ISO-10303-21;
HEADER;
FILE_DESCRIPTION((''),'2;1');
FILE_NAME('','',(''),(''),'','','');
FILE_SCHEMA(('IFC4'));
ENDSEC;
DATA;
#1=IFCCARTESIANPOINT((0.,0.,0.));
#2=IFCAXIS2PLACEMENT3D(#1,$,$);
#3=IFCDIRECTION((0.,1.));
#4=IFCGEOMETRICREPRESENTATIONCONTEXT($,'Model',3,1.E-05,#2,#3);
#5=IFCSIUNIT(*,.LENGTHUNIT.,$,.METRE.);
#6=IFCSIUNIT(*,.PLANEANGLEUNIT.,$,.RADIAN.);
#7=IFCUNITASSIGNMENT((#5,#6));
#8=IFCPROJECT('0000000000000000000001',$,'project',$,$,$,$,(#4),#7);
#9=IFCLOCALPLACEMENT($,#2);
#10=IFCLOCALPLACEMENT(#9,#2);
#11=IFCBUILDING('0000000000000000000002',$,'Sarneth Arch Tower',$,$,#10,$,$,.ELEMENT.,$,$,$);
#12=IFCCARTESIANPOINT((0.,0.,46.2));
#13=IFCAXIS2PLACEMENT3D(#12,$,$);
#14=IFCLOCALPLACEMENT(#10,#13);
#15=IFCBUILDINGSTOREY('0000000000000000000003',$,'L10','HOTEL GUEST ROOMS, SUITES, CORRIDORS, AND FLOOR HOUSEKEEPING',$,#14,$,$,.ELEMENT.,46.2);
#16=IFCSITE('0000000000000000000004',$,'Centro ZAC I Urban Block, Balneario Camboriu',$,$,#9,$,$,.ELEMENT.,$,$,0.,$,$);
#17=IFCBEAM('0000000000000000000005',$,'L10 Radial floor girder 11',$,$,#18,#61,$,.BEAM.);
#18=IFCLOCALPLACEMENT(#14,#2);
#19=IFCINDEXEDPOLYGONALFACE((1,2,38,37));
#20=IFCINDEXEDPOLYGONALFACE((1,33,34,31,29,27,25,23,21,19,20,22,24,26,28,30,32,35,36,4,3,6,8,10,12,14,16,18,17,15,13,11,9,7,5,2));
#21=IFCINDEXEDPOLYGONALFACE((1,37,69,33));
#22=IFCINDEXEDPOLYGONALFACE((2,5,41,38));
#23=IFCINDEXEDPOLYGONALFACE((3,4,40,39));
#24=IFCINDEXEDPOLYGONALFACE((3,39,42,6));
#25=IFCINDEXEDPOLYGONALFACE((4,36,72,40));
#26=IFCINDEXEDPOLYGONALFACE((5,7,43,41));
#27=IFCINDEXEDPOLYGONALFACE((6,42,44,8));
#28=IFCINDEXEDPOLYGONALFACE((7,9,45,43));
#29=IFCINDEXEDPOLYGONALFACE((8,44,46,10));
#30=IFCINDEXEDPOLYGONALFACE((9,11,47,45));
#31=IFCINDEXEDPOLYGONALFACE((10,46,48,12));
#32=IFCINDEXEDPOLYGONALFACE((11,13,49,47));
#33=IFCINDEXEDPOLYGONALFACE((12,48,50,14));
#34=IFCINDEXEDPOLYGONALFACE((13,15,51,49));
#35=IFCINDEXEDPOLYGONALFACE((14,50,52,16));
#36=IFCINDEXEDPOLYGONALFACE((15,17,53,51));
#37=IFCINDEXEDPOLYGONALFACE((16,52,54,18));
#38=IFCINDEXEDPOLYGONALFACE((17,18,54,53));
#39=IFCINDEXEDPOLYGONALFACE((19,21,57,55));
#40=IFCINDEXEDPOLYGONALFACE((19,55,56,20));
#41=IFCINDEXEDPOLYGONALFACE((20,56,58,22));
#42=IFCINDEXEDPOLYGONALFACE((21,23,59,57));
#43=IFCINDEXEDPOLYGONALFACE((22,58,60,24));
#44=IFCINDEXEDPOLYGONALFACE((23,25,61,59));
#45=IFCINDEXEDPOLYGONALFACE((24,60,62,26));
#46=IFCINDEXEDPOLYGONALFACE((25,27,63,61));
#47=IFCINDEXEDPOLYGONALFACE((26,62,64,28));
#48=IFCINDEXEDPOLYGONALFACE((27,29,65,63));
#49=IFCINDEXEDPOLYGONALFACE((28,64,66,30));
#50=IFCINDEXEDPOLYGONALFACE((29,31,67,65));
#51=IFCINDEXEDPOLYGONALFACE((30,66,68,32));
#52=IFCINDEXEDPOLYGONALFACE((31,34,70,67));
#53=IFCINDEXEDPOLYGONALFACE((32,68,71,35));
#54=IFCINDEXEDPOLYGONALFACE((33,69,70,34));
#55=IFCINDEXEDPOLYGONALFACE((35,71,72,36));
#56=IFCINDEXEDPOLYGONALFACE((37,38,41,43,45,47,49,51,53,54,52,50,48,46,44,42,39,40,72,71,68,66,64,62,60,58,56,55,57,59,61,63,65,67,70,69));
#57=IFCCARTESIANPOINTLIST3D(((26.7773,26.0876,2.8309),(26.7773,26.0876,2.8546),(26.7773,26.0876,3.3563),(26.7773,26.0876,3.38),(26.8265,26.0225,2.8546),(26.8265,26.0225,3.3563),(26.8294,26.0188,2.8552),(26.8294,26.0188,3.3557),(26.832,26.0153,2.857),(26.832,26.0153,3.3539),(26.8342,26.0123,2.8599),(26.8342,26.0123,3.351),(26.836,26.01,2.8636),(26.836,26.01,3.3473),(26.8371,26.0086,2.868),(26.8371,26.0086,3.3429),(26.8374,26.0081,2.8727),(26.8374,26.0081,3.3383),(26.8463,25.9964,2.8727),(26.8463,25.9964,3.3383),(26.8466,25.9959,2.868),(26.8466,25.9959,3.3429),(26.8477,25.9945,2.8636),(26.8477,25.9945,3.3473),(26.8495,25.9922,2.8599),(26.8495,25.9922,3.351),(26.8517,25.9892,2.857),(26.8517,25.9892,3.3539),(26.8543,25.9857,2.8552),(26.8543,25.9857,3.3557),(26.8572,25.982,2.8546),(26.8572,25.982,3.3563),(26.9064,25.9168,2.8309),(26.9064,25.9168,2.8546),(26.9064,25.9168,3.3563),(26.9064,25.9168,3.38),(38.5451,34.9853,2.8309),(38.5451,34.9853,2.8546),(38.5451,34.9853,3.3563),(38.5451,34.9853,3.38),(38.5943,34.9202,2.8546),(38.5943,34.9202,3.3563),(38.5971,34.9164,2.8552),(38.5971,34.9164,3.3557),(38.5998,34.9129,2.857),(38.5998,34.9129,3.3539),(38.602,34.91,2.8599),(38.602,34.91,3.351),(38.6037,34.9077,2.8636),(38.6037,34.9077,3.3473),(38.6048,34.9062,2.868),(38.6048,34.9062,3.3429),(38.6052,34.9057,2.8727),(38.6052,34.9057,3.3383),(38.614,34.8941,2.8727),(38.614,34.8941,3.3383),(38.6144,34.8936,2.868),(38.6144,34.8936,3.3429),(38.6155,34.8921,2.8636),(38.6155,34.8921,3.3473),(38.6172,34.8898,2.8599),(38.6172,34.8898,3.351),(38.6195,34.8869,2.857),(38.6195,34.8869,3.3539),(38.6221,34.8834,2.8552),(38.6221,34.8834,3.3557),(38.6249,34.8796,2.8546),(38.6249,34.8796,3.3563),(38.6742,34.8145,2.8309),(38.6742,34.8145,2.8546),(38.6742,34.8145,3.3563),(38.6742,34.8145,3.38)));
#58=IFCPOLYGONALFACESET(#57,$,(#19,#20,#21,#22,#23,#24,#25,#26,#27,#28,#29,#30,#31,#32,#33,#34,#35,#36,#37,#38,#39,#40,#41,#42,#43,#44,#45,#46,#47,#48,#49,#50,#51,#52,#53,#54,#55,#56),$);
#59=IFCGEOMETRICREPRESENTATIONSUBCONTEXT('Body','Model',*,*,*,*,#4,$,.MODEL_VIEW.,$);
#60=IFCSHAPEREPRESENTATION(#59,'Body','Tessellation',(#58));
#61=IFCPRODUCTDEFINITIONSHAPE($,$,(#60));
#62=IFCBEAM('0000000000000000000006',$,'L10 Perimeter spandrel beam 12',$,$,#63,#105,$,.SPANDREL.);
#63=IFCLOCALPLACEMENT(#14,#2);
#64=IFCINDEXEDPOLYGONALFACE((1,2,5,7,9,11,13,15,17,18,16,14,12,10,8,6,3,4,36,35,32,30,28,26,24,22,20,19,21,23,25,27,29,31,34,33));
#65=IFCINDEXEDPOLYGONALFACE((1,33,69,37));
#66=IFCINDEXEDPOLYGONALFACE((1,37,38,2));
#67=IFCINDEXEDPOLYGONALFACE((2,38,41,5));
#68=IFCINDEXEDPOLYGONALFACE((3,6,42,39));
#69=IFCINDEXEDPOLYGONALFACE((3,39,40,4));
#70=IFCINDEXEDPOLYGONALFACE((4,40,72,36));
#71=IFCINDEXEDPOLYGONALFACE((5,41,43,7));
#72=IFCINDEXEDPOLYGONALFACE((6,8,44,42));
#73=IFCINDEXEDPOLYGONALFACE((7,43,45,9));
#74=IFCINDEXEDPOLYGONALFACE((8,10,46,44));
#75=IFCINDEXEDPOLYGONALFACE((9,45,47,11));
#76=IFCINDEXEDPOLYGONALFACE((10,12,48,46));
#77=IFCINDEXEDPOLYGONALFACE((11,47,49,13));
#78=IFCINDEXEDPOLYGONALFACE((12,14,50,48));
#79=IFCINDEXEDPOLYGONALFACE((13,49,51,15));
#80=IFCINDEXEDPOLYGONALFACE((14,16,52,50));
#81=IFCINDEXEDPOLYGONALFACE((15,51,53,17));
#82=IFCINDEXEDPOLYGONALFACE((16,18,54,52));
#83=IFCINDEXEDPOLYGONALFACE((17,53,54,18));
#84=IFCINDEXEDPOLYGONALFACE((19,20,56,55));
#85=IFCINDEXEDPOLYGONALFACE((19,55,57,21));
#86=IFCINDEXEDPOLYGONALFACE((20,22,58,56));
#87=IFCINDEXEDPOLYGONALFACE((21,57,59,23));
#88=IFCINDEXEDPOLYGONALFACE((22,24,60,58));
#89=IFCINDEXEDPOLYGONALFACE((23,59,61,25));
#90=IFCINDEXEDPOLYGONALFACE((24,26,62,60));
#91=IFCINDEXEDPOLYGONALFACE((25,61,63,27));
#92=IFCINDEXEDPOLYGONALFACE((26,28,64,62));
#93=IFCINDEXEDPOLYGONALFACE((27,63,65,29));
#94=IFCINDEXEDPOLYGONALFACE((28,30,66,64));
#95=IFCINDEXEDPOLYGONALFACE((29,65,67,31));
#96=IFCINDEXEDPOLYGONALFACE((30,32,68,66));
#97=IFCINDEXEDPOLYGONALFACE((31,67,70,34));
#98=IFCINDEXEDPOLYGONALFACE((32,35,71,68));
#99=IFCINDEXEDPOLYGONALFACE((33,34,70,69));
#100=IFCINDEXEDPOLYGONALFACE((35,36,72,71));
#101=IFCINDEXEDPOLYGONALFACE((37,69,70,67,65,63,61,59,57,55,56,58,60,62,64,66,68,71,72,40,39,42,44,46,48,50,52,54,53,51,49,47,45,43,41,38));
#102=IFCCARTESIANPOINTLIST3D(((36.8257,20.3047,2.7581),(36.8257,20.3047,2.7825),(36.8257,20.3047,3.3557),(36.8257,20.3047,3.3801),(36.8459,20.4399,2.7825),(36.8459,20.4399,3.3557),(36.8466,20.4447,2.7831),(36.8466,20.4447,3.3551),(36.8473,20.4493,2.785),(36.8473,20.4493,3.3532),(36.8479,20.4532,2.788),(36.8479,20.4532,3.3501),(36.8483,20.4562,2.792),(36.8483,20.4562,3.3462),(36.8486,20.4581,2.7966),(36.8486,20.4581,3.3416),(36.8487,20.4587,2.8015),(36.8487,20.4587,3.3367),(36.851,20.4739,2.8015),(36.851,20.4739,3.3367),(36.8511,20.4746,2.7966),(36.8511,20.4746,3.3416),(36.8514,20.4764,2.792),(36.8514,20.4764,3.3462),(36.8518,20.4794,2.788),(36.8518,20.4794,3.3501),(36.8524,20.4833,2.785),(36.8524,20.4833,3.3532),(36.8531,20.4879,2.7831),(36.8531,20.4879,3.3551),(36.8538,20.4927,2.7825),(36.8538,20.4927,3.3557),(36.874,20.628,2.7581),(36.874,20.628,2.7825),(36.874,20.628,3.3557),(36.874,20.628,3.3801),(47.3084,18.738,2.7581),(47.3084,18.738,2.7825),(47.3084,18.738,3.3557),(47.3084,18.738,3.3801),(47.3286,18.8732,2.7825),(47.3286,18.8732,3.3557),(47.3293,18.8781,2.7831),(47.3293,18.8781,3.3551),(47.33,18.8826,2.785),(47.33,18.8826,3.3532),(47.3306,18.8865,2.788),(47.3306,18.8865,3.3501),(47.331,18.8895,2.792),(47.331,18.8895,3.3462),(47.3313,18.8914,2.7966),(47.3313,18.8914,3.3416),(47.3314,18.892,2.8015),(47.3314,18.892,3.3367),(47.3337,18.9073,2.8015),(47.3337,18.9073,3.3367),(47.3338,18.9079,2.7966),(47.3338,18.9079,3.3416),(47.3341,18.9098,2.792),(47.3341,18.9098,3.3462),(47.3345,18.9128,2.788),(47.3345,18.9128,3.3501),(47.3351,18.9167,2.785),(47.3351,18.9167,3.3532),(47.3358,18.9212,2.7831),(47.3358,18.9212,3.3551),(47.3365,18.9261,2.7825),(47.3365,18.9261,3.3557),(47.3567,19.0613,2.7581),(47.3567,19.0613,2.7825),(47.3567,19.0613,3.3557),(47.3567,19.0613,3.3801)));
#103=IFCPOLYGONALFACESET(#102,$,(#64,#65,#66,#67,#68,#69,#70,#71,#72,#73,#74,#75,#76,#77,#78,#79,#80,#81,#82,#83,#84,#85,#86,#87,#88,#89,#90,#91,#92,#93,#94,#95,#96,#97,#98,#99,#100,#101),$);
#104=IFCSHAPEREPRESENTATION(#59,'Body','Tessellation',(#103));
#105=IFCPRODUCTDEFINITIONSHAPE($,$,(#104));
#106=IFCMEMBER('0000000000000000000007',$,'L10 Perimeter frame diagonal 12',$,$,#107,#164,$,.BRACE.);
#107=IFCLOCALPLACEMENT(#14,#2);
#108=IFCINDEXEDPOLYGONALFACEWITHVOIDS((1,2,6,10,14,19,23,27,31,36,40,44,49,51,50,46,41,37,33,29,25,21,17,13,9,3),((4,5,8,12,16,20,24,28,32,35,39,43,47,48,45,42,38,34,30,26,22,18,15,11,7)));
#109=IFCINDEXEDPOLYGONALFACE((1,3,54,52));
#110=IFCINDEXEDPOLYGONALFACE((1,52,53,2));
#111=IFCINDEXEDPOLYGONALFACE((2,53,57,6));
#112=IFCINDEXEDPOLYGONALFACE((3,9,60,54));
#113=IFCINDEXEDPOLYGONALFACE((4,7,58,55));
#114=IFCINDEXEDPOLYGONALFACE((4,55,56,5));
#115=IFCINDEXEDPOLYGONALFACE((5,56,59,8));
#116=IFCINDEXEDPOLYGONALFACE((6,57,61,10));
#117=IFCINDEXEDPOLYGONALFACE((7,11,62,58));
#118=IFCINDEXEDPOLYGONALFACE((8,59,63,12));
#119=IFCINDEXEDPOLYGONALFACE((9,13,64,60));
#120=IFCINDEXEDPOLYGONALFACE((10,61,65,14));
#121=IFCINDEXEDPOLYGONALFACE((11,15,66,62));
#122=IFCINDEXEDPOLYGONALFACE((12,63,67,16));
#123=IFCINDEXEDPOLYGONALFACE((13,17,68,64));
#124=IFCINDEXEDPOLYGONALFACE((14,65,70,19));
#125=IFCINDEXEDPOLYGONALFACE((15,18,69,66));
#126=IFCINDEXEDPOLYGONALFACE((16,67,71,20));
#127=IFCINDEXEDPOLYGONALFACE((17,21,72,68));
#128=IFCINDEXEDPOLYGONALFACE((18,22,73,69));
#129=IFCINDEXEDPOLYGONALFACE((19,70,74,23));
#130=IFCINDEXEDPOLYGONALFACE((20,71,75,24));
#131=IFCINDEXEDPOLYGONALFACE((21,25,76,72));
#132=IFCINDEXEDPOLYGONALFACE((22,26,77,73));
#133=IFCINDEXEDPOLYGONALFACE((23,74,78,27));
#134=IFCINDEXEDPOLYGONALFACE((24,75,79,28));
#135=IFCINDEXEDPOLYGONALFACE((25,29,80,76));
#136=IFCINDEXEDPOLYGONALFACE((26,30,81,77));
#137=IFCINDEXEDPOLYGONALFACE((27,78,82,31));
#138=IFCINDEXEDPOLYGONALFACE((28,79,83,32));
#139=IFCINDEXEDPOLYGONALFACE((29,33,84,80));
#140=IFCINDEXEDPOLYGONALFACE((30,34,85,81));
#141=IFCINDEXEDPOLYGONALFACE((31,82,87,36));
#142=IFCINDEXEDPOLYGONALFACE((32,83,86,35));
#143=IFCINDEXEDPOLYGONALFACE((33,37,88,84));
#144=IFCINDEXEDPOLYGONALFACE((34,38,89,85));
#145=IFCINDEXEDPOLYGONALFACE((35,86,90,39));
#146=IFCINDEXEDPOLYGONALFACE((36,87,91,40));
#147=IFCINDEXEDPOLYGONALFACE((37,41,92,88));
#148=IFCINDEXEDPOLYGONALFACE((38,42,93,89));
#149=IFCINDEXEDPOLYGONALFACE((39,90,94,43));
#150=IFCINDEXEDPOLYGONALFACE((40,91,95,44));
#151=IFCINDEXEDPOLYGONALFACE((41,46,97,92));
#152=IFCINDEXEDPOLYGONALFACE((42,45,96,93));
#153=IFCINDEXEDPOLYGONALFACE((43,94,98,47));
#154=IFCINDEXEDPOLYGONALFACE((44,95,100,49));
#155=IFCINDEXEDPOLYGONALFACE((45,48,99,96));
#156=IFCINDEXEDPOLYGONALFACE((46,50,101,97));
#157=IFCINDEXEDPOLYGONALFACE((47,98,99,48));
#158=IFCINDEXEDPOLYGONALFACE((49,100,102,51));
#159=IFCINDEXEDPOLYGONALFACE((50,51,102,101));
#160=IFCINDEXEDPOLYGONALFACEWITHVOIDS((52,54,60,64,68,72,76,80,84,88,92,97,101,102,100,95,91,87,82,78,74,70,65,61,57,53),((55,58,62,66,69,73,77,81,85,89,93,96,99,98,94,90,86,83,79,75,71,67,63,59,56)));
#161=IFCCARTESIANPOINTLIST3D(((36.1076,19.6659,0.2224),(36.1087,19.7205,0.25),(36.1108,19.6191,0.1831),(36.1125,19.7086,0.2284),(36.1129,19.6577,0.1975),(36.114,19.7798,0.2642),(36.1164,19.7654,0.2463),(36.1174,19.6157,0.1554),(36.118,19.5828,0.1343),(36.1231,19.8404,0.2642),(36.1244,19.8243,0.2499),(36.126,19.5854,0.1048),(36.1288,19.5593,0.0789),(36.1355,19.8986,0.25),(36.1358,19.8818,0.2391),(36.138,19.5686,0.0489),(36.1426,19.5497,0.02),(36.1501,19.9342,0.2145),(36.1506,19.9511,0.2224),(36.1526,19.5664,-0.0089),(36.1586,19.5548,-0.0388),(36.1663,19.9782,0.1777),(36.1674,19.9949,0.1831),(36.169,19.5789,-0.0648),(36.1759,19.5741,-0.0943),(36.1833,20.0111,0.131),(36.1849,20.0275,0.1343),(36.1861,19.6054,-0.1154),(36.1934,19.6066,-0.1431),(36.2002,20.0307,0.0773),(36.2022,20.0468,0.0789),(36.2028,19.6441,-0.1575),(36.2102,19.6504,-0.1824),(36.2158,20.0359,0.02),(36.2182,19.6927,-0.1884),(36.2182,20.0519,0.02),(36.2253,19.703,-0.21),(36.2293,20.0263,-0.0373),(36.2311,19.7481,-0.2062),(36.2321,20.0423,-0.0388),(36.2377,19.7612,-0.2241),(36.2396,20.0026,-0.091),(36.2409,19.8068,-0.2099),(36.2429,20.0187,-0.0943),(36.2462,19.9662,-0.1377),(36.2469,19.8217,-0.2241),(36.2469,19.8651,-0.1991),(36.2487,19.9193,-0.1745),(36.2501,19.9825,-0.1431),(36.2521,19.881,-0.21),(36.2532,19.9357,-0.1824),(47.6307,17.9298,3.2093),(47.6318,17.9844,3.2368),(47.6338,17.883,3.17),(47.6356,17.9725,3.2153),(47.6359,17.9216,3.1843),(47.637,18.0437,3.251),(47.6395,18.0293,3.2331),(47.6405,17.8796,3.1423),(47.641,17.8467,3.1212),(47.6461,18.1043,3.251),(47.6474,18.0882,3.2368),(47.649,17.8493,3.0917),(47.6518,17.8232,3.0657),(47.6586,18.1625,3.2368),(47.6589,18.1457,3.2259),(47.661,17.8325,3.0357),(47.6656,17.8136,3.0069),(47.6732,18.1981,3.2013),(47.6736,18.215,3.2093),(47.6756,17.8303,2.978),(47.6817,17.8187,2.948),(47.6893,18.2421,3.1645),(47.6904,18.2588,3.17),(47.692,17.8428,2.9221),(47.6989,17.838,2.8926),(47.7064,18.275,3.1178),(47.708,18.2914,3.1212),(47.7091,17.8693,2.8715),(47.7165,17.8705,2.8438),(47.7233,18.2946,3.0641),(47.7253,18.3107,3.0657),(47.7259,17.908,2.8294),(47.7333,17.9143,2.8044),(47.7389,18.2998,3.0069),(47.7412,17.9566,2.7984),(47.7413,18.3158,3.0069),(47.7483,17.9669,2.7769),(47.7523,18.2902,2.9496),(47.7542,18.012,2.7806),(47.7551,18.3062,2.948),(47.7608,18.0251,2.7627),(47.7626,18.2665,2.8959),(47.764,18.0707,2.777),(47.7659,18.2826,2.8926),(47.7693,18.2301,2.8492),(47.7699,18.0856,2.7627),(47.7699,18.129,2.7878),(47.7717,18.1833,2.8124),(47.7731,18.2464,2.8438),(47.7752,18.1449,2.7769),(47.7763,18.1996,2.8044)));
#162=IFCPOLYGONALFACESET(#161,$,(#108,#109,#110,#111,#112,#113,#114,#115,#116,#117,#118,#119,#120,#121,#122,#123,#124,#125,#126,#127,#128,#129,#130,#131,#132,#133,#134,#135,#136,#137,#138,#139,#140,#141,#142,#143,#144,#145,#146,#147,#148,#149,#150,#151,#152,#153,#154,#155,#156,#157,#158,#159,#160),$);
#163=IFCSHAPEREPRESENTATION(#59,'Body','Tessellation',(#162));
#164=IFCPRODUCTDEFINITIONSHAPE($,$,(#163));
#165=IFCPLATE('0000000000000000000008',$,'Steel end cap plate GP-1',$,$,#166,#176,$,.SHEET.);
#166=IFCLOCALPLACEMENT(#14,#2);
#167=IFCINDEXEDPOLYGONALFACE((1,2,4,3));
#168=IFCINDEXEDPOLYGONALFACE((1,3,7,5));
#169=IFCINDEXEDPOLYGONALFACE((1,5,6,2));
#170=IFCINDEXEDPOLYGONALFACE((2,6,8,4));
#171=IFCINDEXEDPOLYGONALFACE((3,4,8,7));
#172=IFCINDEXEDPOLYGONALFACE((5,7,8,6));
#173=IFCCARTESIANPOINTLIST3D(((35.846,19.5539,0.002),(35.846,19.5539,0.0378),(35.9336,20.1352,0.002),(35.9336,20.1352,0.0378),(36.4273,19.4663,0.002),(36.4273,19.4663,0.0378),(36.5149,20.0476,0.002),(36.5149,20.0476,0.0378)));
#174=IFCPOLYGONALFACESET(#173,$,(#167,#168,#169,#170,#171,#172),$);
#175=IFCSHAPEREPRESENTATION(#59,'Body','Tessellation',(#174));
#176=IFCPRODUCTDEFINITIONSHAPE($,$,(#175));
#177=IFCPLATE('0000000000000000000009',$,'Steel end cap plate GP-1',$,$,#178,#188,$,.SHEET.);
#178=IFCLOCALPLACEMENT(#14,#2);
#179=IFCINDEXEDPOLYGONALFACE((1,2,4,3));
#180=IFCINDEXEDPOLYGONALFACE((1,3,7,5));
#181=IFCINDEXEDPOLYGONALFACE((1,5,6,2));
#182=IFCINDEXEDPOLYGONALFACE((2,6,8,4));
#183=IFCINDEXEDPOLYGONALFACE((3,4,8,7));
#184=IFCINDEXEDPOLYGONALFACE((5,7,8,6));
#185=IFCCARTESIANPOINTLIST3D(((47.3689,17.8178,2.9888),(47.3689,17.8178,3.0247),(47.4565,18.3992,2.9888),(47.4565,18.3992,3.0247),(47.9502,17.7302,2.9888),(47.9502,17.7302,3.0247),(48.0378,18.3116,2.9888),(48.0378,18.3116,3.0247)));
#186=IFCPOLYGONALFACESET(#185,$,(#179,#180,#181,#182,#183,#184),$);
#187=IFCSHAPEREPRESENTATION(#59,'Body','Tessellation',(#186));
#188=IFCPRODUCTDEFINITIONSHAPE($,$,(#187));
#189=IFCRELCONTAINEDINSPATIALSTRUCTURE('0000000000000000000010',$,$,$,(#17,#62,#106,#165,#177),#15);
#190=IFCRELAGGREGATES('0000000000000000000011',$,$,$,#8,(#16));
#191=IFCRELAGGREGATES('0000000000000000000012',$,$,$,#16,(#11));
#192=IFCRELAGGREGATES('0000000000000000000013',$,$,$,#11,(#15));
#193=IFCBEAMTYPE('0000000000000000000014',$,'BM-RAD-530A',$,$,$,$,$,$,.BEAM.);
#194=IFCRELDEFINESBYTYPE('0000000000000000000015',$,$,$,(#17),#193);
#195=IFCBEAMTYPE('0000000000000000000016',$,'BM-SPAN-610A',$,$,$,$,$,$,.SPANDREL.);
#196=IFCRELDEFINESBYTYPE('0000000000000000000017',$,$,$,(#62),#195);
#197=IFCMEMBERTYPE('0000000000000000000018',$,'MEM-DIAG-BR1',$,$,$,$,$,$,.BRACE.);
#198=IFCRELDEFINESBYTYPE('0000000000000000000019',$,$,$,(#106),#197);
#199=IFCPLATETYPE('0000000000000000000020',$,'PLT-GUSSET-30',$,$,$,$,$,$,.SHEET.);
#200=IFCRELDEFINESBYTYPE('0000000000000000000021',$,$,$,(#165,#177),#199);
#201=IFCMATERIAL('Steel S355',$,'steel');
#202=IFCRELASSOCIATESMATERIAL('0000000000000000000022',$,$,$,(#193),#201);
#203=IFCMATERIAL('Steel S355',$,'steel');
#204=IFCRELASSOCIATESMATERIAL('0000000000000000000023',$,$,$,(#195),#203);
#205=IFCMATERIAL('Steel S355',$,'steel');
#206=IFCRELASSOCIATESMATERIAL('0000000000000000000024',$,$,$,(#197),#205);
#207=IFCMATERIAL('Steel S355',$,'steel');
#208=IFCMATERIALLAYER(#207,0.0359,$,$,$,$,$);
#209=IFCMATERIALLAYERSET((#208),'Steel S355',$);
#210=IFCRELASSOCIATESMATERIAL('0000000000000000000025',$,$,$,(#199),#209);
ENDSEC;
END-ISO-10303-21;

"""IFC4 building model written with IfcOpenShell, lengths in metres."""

from ifc_helpers import new_model, si_unit, direction, frame, origin, origin_2d, place, context, subcontext, project, spatial, rectangle, hollow_circle, i_section, extrude, material, layer, layer_set, material_profile, profile_set, type_object, element, save


model = new_model("IFC4")

# Units and contexts
model_context = context("Model", 3, precision=1e-05, world=origin(), true_north=direction((0.0, 1.0)))
body_context = subcontext(model_context, "Body", "Model", "MODEL_VIEW")
ifc_project = project(units=[si_unit("LENGTHUNIT", "METRE"), si_unit("PLANEANGLEUNIT", "RADIAN")], contexts=[model_context])

# Site, building, storey
site_placement = place(None, origin())
site = spatial("IfcSite", under=ifc_project, at=site_placement, Name="Centro ZAC I Urban Block, Balneario Camboriu", CompositionType="ELEMENT", RefElevation=0.0)
building_placement = place(site_placement, origin())
building = spatial("IfcBuilding", under=site, at=building_placement, Name="Sarneth Arch Tower", CompositionType="ELEMENT")
storey_placement = place(building_placement, frame((0.0, 0.0, 46.2)))
storey = spatial("IfcBuildingStorey", under=building, at=storey_placement, Name="L10", Description="HOTEL GUEST ROOMS, SUITES, CORRIDORS, AND FLOOR HOUSEKEEPING", CompositionType="ELEMENT", Elevation=46.2)

# Beams
ifc_material_1 = material(Name="Steel S355", Category="steel")
ifc_material_profile_1 = material_profile(ifc_material_1, i_section(OverallWidth=0.2141, OverallDepth=0.5491, WebThickness=0.0146, FlangeThickness=0.0237, FilletRadius=0.0181, at=origin_2d()), Name="W530x138")
ifc_profile_set_1 = profile_set([ifc_material_profile_1], Name="Steel S355")
beam_type_1 = type_object("IfcBeamType", Name="BM-RAD-530A", PredefinedType="BEAM", material=ifc_profile_set_1)
beam_1_placement = place(storey_placement, frame((38.6096, 34.8999, 3.1055), z_axis=(-0.797657, -0.603112, 0.0), x_axis=(0.603112, -0.797657, 0.0)))
element("IfcBeam", 1, at=beam_1_placement, inside=storey, type_object=beam_type_1, Name="L10 Radial floor girder 11", PredefinedType="BEAM", context=body_context, shape_type="SweptSolid", body=[
    extrude(i_section(OverallWidth=0.2141, OverallDepth=0.5491, WebThickness=0.0146, FlangeThickness=0.0237, FilletRadius=0.0181, at=origin_2d()), origin(), (0.0, 0.0, 1.0), 14.7529),
])
ifc_material_2 = material(Name="Steel S355", Category="steel")
ifc_material_profile_2 = material_profile(ifc_material_2, i_section(OverallWidth=0.3269, OverallDepth=0.6221, WebThickness=0.0154, FlangeThickness=0.0244, FilletRadius=0.019, at=origin_2d()), Name="W610x195")
ifc_profile_set_2 = profile_set([ifc_material_profile_2], Name="Steel S355")
beam_type_2 = type_object("IfcBeamType", Name="BM-SPAN-610A", PredefinedType="SPANDREL", material=ifc_profile_set_2)
beam_2_placement = place(storey_placement, frame((36.8499, 20.4663, 3.0691), z_axis=(0.989016, -0.14781, 0.0), x_axis=(0.14781, 0.989016, 0.0)))
element("IfcBeam", 2, at=beam_2_placement, inside=storey, type_object=beam_type_2, Name="L10 Perimeter spandrel beam 12", PredefinedType="SPANDREL", context=body_context, shape_type="SweptSolid", body=[
    extrude(i_section(OverallWidth=0.3269, OverallDepth=0.6221, WebThickness=0.0154, FlangeThickness=0.0244, FilletRadius=0.019, at=origin_2d()), origin(), (0.0, 0.0, 1.0), 10.5991),
])

# Member
ifc_material_3 = material(Name="Steel S355", Category="steel")
ifc_material_profile_3 = material_profile(ifc_material_3, hollow_circle(Radius=0.2539, WallThickness=0.0161, at=origin_2d()), Name="CHS508x16")
ifc_profile_set_3 = profile_set([ifc_material_profile_3], Name="Steel S355")
member_type = type_object("IfcMemberType", Name="MEM-DIAG-BR1", PredefinedType="BRACE", material=ifc_profile_set_3)
member_placement = place(storey_placement, frame((36.1804, 19.8008, 0.02), z_axis=(0.957876, -0.144317, 0.248287), x_axis=(0.148982, 0.98884, 0.0)))
element("IfcMember", 3, at=member_placement, inside=storey, type_object=member_type, Name="L10 Perimeter frame diagonal 12", PredefinedType="BRACE", context=body_context, shape_type="SweptSolid", body=[
    extrude(hollow_circle(Radius=0.2539, WallThickness=0.0161, at=origin_2d()), origin(), (0.0, 0.0, 1.0), 12.0298),
])

# Plates
ifc_material_4 = material(Name="Steel S355", Category="steel")
ifc_layer_1 = layer(ifc_material_4, 0.0359)
ifc_layer_set_1 = layer_set([ifc_layer_1], Name="Steel S355")
plate_type = type_object("IfcPlateType", Name="PLT-GUSSET-30", PredefinedType="SHEET", material=ifc_layer_set_1)
for number, where, z_axis, x_axis, name in (
    (4, (36.1804, 19.8008, 0.002), (0.0, 0.0, 1.0), (0.988835, -0.149018, 0.0), "Steel end cap plate GP-1"),
    (5, (47.7034, 18.0647, 2.9888), (0.0, 0.0, 1.0), (0.988835, -0.149018, 0.0), "Steel end cap plate GP-1"),
):
    element("IfcPlate", number, at=place(storey_placement, frame(where, z_axis=z_axis, x_axis=x_axis)), inside=storey, type_object=plate_type, Name=name, PredefinedType="SHEET", context=body_context, shape_type="SweptSolid", body=[
        extrude(rectangle(XDim=0.5879, YDim=0.5879, at=origin_2d()), origin(), (0.0, 0.0, 1.0), 0.0359),
    ])

save(model, "model.ifc")
